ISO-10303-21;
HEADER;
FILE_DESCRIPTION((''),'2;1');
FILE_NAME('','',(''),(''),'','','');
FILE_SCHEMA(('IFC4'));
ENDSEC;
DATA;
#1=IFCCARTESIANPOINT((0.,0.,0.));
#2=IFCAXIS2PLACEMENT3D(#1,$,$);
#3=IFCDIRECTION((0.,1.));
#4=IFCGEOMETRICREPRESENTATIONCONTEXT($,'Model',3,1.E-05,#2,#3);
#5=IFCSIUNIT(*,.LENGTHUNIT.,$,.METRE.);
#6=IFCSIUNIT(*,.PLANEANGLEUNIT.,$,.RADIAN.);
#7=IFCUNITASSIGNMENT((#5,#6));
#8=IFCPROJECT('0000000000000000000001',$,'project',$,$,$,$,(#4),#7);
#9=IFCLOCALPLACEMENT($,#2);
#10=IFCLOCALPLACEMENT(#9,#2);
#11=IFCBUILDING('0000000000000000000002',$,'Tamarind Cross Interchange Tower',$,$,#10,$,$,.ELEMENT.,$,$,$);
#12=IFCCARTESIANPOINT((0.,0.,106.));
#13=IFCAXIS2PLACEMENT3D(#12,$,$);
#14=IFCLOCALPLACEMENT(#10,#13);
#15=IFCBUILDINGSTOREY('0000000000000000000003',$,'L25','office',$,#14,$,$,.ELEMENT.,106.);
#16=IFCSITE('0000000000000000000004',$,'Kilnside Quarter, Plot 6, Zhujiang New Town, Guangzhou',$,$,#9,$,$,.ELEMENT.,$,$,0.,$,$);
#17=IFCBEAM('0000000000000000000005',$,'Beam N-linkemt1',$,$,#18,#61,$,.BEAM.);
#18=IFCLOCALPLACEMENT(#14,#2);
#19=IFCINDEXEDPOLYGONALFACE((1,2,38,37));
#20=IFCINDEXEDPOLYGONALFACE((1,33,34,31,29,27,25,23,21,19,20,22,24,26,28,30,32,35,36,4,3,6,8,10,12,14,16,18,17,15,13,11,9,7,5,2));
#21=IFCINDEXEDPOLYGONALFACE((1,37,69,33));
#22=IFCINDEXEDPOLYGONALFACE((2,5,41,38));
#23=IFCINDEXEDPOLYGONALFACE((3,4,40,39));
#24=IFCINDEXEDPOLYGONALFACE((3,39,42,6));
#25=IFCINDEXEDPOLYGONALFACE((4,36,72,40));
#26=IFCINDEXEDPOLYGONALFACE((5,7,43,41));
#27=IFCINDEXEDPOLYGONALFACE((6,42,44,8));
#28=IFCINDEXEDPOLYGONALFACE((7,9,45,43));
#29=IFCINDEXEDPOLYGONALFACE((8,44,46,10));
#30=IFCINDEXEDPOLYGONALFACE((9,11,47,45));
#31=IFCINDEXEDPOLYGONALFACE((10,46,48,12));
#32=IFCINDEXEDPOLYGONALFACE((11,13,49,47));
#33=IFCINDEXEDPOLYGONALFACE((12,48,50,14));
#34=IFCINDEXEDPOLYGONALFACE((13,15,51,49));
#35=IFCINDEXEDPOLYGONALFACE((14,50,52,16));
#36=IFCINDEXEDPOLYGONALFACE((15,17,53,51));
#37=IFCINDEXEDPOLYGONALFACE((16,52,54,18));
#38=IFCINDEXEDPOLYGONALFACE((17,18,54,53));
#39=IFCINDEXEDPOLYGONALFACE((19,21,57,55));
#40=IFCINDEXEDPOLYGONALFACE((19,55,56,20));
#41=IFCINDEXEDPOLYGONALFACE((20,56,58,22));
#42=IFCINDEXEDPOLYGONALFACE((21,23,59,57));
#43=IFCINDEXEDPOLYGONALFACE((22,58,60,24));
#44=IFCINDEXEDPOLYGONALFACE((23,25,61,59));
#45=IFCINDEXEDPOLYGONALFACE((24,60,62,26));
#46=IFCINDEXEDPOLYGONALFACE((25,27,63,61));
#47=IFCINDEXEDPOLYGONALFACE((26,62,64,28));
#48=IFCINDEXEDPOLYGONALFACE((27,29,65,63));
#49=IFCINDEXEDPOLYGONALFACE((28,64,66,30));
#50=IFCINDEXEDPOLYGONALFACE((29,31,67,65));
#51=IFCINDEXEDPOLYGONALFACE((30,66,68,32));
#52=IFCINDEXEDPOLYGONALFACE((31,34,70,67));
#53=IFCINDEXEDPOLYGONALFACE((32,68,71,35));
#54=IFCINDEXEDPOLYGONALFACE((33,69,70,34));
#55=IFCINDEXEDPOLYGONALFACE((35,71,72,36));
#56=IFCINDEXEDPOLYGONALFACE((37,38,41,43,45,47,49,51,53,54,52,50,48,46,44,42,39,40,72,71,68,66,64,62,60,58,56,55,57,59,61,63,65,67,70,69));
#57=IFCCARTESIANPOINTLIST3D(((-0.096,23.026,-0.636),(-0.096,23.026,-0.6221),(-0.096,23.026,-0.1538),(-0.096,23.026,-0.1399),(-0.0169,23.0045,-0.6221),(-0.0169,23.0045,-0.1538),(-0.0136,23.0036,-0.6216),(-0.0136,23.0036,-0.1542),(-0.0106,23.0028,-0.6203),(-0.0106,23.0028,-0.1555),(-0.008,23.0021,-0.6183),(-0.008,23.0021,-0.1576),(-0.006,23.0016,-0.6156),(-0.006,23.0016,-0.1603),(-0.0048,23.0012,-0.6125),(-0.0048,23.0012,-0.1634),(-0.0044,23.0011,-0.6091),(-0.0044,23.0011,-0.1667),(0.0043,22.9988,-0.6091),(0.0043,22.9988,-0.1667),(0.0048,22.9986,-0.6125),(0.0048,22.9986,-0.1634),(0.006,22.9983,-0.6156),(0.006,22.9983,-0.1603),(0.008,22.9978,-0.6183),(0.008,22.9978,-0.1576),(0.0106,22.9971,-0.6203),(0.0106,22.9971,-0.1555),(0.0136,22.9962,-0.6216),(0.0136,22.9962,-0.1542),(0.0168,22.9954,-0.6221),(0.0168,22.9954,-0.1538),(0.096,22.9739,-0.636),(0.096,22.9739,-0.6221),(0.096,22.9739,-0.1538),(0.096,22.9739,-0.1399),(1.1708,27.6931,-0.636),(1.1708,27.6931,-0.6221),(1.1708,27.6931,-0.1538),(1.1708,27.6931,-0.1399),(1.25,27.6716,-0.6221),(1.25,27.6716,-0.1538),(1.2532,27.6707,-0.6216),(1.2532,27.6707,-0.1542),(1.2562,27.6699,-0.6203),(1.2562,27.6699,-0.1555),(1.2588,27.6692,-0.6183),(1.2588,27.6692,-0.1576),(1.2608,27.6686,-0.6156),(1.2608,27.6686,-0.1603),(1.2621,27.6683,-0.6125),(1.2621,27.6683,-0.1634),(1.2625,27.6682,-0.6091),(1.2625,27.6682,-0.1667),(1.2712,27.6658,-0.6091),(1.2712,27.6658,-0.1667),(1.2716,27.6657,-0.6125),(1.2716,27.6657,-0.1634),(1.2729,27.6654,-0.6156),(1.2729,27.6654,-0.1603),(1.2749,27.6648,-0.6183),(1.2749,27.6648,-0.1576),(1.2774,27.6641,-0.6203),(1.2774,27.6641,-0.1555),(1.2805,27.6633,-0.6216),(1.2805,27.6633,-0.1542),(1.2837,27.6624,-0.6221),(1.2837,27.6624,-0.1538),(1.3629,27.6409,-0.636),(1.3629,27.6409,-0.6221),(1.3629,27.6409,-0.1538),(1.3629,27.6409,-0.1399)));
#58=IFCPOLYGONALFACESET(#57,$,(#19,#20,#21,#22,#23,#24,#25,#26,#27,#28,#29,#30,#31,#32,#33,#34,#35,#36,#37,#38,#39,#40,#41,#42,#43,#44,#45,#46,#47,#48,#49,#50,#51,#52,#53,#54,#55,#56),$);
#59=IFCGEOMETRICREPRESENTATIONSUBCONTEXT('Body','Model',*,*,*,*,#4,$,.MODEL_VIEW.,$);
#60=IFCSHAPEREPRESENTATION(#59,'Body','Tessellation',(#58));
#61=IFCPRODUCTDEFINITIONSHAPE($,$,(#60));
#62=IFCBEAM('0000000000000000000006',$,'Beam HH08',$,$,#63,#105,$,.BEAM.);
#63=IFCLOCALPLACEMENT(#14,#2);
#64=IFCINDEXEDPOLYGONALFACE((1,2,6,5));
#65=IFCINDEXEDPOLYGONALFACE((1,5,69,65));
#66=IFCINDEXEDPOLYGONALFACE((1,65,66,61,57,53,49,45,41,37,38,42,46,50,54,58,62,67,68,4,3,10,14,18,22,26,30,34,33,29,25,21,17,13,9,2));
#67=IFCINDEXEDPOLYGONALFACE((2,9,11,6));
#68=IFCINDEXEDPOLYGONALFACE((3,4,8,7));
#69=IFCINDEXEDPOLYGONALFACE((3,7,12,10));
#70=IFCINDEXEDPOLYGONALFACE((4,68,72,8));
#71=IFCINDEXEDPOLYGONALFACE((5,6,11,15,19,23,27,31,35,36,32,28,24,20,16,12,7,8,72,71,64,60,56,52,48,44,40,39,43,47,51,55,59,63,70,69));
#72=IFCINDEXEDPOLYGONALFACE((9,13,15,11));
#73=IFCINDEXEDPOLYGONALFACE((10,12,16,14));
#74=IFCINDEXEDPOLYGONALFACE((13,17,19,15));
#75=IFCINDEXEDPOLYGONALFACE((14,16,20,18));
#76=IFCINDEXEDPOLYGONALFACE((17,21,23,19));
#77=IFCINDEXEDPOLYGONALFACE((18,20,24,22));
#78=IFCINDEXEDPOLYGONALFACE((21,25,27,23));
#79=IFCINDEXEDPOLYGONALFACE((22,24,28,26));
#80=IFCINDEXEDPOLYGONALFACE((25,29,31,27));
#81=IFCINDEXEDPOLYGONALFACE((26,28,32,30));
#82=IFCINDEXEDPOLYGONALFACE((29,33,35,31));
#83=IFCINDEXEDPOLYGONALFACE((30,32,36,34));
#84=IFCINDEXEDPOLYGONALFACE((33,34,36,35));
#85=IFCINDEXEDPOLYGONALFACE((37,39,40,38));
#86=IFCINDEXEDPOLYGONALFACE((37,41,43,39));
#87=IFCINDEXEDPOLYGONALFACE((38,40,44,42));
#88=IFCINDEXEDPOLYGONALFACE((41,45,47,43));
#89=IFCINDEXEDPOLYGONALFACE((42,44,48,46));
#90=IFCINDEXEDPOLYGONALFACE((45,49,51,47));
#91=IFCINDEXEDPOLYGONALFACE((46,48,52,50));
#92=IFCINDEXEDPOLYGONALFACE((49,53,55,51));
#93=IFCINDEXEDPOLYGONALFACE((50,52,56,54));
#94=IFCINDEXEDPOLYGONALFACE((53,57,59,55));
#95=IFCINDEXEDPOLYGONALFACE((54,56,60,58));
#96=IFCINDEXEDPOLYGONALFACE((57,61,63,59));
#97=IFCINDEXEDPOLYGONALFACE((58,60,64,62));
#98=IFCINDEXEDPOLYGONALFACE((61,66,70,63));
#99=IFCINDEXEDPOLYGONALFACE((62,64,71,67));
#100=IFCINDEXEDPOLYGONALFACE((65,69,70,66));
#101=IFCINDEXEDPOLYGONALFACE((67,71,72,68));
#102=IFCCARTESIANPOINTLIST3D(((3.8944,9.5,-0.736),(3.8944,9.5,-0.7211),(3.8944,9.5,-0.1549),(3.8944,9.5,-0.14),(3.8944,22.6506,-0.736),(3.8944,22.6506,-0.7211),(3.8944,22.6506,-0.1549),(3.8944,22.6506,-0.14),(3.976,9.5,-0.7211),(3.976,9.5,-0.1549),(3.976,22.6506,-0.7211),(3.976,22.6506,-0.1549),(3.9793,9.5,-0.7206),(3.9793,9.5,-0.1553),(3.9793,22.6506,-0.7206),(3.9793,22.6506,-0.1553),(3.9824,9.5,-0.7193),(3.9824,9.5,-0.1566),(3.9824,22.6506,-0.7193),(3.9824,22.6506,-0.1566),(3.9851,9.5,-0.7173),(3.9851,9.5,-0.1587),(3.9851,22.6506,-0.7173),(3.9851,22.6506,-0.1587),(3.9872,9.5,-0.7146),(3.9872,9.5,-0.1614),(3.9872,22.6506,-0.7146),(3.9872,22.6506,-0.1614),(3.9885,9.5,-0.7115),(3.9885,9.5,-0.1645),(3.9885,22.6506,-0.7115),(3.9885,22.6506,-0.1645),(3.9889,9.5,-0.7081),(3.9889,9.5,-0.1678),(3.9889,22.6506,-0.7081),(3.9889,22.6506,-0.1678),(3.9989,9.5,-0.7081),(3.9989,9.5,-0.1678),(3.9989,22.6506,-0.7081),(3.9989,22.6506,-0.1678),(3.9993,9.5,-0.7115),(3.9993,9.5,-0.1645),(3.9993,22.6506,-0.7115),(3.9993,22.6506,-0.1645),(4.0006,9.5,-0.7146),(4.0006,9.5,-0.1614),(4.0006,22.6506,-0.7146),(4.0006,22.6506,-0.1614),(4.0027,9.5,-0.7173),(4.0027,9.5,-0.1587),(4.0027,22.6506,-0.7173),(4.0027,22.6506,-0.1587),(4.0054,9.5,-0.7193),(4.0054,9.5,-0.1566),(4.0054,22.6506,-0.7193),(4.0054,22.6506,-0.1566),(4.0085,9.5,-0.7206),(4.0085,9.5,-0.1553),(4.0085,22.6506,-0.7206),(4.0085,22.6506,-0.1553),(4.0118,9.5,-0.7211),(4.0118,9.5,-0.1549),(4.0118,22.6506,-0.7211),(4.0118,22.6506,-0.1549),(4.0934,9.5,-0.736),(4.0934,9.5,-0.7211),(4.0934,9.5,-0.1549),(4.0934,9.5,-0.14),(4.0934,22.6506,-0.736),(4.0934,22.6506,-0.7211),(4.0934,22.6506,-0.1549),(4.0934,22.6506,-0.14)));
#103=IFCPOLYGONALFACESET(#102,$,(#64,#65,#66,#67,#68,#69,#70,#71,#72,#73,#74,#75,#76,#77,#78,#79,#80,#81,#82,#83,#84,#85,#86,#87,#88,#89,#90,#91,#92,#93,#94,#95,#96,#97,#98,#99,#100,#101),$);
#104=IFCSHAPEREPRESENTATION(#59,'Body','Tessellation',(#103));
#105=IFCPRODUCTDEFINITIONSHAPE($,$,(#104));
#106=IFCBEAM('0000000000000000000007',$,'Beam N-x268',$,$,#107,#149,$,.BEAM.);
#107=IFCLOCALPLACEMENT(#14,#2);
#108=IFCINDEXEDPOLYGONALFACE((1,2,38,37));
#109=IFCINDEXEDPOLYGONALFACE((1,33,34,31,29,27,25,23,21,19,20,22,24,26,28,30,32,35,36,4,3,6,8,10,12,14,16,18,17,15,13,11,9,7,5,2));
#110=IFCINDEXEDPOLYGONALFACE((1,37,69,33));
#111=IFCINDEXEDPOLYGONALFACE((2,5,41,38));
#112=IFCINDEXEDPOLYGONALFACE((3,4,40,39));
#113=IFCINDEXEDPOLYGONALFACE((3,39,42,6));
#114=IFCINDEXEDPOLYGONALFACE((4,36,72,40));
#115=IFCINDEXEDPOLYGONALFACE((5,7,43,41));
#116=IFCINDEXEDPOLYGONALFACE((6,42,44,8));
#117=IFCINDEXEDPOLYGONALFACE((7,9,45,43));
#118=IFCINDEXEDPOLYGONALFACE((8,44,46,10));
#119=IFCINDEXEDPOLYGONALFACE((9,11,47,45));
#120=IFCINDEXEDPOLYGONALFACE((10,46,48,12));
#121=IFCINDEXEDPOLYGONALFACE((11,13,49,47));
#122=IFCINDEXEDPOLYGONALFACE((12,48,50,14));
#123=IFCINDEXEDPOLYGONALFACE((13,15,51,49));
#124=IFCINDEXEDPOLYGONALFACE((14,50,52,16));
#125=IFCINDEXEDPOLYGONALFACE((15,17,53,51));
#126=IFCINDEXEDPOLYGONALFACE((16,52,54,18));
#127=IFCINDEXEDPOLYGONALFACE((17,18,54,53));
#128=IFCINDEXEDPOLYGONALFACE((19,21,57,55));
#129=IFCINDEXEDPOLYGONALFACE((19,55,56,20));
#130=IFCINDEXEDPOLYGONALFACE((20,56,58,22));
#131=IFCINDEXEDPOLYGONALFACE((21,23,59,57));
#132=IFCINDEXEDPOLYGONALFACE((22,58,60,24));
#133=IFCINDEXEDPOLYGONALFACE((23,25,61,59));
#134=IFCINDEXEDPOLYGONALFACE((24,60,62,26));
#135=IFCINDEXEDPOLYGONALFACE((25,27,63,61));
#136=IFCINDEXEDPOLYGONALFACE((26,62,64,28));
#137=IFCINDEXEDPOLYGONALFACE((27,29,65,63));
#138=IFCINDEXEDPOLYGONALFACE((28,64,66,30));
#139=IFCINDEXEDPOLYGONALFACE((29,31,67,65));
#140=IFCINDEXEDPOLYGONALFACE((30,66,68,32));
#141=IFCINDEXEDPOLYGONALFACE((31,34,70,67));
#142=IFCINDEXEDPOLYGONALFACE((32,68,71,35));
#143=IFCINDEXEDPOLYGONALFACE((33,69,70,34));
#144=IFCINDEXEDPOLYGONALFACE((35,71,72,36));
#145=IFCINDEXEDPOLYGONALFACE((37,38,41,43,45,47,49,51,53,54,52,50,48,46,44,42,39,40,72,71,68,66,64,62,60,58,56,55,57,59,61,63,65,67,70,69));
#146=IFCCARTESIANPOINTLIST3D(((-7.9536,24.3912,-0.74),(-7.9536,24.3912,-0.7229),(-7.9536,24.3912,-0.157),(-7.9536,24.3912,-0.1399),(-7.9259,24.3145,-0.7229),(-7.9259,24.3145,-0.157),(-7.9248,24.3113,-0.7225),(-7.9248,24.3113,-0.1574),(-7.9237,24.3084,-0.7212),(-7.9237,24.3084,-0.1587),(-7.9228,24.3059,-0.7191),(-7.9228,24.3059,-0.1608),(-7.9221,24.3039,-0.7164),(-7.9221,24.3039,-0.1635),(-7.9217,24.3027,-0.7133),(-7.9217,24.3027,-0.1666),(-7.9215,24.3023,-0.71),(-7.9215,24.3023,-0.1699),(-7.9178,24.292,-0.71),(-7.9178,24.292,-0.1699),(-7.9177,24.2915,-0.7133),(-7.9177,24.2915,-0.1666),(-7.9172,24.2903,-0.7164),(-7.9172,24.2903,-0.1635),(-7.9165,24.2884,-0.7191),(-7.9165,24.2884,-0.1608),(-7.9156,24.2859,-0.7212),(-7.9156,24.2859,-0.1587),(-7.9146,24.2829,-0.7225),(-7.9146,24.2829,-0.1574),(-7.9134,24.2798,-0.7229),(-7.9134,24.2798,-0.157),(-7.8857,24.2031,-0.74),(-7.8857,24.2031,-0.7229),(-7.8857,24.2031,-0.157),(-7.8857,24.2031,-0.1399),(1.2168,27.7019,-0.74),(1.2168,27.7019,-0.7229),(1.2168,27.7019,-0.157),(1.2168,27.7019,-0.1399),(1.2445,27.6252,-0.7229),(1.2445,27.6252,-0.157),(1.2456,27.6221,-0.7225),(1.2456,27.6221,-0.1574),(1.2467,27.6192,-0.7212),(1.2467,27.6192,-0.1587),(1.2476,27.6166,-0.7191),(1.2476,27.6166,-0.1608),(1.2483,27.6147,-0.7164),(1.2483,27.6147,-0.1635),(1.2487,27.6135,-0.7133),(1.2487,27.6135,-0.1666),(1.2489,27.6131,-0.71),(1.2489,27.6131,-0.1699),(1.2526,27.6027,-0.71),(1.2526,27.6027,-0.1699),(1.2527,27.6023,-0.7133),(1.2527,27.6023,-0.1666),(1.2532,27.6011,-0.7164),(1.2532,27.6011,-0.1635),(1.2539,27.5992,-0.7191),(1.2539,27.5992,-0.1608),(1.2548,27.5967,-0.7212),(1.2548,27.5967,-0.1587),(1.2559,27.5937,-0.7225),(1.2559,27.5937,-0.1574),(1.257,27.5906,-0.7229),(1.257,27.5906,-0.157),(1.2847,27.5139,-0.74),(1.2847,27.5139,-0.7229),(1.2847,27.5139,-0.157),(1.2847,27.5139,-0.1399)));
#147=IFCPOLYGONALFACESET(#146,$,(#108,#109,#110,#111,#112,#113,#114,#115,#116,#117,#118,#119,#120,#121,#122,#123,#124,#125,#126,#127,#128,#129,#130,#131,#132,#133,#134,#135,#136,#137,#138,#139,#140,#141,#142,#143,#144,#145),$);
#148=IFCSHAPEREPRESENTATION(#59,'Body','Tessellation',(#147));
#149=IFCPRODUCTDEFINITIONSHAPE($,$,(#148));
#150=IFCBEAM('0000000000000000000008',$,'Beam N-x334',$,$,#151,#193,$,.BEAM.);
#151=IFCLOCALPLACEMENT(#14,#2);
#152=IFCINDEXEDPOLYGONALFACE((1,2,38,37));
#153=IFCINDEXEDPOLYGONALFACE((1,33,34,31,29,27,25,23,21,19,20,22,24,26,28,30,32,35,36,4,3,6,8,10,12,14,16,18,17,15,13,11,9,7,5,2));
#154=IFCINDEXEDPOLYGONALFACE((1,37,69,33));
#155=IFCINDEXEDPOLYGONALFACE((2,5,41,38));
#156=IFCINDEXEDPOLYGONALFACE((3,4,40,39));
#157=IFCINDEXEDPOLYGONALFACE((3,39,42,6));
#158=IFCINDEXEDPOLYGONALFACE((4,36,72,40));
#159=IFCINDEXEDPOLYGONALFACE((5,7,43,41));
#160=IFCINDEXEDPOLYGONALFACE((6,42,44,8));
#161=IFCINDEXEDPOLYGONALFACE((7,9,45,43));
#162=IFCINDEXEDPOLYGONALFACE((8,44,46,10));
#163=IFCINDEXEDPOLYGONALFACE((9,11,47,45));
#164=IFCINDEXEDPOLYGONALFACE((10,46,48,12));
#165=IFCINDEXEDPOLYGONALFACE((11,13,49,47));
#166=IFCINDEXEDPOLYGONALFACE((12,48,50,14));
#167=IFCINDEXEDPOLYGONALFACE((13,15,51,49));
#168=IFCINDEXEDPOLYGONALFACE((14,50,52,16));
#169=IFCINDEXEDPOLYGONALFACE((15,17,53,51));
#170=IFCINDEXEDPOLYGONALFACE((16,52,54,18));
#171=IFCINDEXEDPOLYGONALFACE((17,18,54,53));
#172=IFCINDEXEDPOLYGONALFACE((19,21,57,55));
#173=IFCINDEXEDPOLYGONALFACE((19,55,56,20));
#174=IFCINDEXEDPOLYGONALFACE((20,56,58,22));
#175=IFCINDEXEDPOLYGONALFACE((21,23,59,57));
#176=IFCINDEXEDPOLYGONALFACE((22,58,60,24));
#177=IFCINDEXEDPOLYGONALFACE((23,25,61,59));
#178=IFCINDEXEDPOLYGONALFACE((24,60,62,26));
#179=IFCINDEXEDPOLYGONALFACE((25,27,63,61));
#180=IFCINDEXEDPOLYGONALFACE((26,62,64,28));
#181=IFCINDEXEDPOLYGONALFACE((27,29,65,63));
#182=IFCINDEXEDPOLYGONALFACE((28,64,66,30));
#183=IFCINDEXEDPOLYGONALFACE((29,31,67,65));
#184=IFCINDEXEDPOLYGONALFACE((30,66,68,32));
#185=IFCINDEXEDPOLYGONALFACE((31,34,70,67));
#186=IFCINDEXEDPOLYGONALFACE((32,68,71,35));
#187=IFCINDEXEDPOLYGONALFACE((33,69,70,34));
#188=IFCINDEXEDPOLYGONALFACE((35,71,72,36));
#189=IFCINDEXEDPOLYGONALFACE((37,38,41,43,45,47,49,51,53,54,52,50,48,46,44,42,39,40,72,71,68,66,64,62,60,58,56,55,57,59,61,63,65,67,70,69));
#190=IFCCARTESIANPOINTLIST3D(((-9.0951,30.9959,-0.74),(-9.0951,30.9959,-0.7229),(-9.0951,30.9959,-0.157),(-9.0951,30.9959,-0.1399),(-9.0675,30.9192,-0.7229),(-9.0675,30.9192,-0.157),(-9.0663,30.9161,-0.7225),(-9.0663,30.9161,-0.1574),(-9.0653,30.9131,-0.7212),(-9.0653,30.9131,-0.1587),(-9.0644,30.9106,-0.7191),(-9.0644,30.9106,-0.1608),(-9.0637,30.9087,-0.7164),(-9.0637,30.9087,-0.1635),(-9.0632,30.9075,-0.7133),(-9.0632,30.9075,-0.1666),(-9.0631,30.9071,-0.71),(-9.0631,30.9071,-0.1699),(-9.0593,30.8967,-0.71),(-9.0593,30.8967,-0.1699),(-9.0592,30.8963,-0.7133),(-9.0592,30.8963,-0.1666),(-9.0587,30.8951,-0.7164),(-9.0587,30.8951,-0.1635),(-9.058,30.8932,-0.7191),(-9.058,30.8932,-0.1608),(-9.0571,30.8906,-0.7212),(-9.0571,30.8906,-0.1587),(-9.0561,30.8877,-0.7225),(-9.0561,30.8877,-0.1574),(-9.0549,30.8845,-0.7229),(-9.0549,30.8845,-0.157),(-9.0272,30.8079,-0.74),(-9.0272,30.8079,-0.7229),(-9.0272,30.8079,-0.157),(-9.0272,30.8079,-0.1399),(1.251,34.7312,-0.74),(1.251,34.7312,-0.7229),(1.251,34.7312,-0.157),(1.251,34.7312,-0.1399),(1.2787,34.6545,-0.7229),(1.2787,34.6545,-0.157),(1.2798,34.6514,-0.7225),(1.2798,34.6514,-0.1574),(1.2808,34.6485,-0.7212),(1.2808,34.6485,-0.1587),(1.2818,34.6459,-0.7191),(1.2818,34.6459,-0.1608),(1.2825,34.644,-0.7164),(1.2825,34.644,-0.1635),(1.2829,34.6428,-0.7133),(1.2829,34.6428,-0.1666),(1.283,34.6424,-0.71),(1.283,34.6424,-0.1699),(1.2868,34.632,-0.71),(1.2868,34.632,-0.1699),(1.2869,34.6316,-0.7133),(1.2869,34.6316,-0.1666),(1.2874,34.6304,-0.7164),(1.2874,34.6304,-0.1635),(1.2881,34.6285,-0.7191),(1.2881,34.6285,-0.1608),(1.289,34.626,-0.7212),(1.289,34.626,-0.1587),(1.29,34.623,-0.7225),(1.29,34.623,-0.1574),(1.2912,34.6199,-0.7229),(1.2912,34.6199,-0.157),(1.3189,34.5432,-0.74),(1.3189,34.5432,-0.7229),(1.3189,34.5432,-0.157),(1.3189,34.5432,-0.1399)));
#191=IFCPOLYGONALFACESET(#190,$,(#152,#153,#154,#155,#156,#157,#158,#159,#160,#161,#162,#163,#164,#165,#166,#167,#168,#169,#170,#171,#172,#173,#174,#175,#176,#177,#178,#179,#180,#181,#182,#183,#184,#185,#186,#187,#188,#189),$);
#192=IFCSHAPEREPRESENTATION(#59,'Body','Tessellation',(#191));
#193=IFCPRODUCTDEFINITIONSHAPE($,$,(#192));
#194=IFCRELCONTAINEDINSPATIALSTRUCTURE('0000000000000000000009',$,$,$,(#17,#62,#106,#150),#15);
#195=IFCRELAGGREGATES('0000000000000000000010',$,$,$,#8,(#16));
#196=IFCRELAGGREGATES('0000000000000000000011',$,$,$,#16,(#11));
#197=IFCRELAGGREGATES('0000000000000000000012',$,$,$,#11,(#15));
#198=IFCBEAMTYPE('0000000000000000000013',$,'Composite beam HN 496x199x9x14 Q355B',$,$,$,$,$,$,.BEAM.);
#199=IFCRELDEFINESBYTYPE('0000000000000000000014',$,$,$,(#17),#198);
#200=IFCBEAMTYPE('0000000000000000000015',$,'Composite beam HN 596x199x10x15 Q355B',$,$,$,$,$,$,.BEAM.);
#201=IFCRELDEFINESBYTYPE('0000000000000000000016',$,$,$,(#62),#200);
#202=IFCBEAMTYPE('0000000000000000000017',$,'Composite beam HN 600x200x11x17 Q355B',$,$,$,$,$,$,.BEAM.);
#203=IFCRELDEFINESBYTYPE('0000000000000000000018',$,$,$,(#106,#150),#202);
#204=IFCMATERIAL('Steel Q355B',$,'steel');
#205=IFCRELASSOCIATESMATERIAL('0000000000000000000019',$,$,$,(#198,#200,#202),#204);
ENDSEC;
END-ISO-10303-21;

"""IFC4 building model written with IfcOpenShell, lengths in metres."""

from ifc_helpers import new_model, si_unit, direction, frame, origin, origin_2d, place, context, subcontext, project, spatial, i_section, extrude, material, material_profile, profile_set, type_object, element, save


model = new_model("IFC4")

# Units and contexts
model_context = context("Model", 3, precision=1e-05, world=origin(), true_north=direction((0.0, 1.0)))
body_context = subcontext(model_context, "Body", "Model", "MODEL_VIEW")
ifc_project = project(units=[si_unit("LENGTHUNIT", "METRE"), si_unit("PLANEANGLEUNIT", "RADIAN")], contexts=[model_context])

# Site, building, storey
site_placement = place(None, origin())
site = spatial("IfcSite", under=ifc_project, at=site_placement, Name="Kilnside Quarter, Plot 6, Zhujiang New Town, Guangzhou", CompositionType="ELEMENT", RefElevation=0.0)
building_placement = place(site_placement, origin())
building = spatial("IfcBuilding", under=site, at=building_placement, Name="Tamarind Cross Interchange Tower", CompositionType="ELEMENT")
storey_placement = place(building_placement, frame((0.0, 0.0, 106.0)))
storey = spatial("IfcBuildingStorey", under=building, at=storey_placement, Name="L25", Description="office", CompositionType="ELEMENT", Elevation=106.0)

# Beams
ifc_material_1 = material(Name="Steel Q355B", Category="steel")
ifc_material_profile_1 = material_profile(ifc_material_1, i_section(OverallWidth=0.199, OverallDepth=0.4961, WebThickness=0.009, FlangeThickness=0.0139, FilletRadius=0.0129, at=origin_2d()), Name="HN 496x199x9x14")
ifc_profile_set_1 = profile_set([ifc_material_profile_1], Name="Steel Q355B")
beam_type_1 = type_object("IfcBeamType", Name="Composite beam HN 496x199x9x14 Q355B", PredefinedType="BEAM", material=ifc_profile_set_1)
beam_1_placement = place(storey_placement, frame((1.2668, 27.667, -0.3879), z_axis=(-0.261968, -0.965077, 0.0), x_axis=(0.965077, -0.261968, 0.0)))
element("IfcBeam", 1, at=beam_1_placement, inside=storey, type_object=beam_type_1, Name="Beam N-linkemt1", PredefinedType="BEAM", context=body_context, shape_type="SweptSolid", body=[
    extrude(i_section(OverallWidth=0.199, OverallDepth=0.4961, WebThickness=0.009, FlangeThickness=0.0139, FilletRadius=0.0129, at=origin_2d()), origin(), (0.0, 0.0, 1.0), 4.8359),
])
ifc_material_profile_2 = material_profile(ifc_material_1, i_section(OverallWidth=0.199, OverallDepth=0.5959, WebThickness=0.01, FlangeThickness=0.0149, FilletRadius=0.0129, at=origin_2d()), Name="HN 596x199x10x15")
ifc_profile_set_2 = profile_set([ifc_material_profile_2], Name="Steel Q355B")
beam_type_2 = type_object("IfcBeamType", Name="Composite beam HN 596x199x10x15 Q355B", PredefinedType="BEAM", material=ifc_profile_set_2)
beam_2_placement = place(storey_placement, frame((3.9939, 22.6506, -0.438), z_axis=(0.0, -1.0, 0.0), x_axis=(1.0, 0.0, 0.0)))
element("IfcBeam", 2, at=beam_2_placement, inside=storey, type_object=beam_type_2, Name="Beam HH08", PredefinedType="BEAM", context=body_context, shape_type="SweptSolid", body=[
    extrude(i_section(OverallWidth=0.199, OverallDepth=0.5959, WebThickness=0.01, FlangeThickness=0.0149, FilletRadius=0.0129, at=origin_2d()), origin(), (0.0, 0.0, 1.0), 13.1506),
])
ifc_material_profile_3 = material_profile(ifc_material_1, i_section(OverallWidth=0.2, OverallDepth=0.6001, WebThickness=0.011, FlangeThickness=0.0171, FilletRadius=0.0129, at=origin_2d()), Name="HN 600x200x11x17")
ifc_profile_set_3 = profile_set([ifc_material_profile_3], Name="Steel Q355B")
beam_type_3 = type_object("IfcBeamType", Name="Composite beam HN 600x200x11x17 Q355B", PredefinedType="BEAM", material=ifc_profile_set_3)
beam_3_placement = place(storey_placement, frame((1.2507, 27.6079, -0.4399), z_axis=(-0.940578, -0.339577, 0.0), x_axis=(0.339577, -0.940578, 0.0)))
element("IfcBeam", 3, at=beam_3_placement, inside=storey, type_object=beam_type_3, Name="Beam N-x268", PredefinedType="BEAM", context=body_context, shape_type="SweptSolid", body=[
    extrude(i_section(OverallWidth=0.2, OverallDepth=0.6001, WebThickness=0.011, FlangeThickness=0.0171, FilletRadius=0.0129, at=origin_2d()), origin(), (0.0, 0.0, 1.0), 9.7498),
])
beam_4_placement = place(storey_placement, frame((1.2849, 34.6372, -0.4399), z_axis=(-0.940576, -0.339582, 0.0), x_axis=(0.339582, -0.940576, 0.0)))
element("IfcBeam", 4, at=beam_4_placement, inside=storey, type_object=beam_type_3, Name="Beam N-x334", PredefinedType="BEAM", context=body_context, shape_type="SweptSolid", body=[
    extrude(i_section(OverallWidth=0.2, OverallDepth=0.6001, WebThickness=0.011, FlangeThickness=0.0171, FilletRadius=0.0129, at=origin_2d()), origin(), (0.0, 0.0, 1.0), 10.9998),
])

save(model, "model.ifc")
